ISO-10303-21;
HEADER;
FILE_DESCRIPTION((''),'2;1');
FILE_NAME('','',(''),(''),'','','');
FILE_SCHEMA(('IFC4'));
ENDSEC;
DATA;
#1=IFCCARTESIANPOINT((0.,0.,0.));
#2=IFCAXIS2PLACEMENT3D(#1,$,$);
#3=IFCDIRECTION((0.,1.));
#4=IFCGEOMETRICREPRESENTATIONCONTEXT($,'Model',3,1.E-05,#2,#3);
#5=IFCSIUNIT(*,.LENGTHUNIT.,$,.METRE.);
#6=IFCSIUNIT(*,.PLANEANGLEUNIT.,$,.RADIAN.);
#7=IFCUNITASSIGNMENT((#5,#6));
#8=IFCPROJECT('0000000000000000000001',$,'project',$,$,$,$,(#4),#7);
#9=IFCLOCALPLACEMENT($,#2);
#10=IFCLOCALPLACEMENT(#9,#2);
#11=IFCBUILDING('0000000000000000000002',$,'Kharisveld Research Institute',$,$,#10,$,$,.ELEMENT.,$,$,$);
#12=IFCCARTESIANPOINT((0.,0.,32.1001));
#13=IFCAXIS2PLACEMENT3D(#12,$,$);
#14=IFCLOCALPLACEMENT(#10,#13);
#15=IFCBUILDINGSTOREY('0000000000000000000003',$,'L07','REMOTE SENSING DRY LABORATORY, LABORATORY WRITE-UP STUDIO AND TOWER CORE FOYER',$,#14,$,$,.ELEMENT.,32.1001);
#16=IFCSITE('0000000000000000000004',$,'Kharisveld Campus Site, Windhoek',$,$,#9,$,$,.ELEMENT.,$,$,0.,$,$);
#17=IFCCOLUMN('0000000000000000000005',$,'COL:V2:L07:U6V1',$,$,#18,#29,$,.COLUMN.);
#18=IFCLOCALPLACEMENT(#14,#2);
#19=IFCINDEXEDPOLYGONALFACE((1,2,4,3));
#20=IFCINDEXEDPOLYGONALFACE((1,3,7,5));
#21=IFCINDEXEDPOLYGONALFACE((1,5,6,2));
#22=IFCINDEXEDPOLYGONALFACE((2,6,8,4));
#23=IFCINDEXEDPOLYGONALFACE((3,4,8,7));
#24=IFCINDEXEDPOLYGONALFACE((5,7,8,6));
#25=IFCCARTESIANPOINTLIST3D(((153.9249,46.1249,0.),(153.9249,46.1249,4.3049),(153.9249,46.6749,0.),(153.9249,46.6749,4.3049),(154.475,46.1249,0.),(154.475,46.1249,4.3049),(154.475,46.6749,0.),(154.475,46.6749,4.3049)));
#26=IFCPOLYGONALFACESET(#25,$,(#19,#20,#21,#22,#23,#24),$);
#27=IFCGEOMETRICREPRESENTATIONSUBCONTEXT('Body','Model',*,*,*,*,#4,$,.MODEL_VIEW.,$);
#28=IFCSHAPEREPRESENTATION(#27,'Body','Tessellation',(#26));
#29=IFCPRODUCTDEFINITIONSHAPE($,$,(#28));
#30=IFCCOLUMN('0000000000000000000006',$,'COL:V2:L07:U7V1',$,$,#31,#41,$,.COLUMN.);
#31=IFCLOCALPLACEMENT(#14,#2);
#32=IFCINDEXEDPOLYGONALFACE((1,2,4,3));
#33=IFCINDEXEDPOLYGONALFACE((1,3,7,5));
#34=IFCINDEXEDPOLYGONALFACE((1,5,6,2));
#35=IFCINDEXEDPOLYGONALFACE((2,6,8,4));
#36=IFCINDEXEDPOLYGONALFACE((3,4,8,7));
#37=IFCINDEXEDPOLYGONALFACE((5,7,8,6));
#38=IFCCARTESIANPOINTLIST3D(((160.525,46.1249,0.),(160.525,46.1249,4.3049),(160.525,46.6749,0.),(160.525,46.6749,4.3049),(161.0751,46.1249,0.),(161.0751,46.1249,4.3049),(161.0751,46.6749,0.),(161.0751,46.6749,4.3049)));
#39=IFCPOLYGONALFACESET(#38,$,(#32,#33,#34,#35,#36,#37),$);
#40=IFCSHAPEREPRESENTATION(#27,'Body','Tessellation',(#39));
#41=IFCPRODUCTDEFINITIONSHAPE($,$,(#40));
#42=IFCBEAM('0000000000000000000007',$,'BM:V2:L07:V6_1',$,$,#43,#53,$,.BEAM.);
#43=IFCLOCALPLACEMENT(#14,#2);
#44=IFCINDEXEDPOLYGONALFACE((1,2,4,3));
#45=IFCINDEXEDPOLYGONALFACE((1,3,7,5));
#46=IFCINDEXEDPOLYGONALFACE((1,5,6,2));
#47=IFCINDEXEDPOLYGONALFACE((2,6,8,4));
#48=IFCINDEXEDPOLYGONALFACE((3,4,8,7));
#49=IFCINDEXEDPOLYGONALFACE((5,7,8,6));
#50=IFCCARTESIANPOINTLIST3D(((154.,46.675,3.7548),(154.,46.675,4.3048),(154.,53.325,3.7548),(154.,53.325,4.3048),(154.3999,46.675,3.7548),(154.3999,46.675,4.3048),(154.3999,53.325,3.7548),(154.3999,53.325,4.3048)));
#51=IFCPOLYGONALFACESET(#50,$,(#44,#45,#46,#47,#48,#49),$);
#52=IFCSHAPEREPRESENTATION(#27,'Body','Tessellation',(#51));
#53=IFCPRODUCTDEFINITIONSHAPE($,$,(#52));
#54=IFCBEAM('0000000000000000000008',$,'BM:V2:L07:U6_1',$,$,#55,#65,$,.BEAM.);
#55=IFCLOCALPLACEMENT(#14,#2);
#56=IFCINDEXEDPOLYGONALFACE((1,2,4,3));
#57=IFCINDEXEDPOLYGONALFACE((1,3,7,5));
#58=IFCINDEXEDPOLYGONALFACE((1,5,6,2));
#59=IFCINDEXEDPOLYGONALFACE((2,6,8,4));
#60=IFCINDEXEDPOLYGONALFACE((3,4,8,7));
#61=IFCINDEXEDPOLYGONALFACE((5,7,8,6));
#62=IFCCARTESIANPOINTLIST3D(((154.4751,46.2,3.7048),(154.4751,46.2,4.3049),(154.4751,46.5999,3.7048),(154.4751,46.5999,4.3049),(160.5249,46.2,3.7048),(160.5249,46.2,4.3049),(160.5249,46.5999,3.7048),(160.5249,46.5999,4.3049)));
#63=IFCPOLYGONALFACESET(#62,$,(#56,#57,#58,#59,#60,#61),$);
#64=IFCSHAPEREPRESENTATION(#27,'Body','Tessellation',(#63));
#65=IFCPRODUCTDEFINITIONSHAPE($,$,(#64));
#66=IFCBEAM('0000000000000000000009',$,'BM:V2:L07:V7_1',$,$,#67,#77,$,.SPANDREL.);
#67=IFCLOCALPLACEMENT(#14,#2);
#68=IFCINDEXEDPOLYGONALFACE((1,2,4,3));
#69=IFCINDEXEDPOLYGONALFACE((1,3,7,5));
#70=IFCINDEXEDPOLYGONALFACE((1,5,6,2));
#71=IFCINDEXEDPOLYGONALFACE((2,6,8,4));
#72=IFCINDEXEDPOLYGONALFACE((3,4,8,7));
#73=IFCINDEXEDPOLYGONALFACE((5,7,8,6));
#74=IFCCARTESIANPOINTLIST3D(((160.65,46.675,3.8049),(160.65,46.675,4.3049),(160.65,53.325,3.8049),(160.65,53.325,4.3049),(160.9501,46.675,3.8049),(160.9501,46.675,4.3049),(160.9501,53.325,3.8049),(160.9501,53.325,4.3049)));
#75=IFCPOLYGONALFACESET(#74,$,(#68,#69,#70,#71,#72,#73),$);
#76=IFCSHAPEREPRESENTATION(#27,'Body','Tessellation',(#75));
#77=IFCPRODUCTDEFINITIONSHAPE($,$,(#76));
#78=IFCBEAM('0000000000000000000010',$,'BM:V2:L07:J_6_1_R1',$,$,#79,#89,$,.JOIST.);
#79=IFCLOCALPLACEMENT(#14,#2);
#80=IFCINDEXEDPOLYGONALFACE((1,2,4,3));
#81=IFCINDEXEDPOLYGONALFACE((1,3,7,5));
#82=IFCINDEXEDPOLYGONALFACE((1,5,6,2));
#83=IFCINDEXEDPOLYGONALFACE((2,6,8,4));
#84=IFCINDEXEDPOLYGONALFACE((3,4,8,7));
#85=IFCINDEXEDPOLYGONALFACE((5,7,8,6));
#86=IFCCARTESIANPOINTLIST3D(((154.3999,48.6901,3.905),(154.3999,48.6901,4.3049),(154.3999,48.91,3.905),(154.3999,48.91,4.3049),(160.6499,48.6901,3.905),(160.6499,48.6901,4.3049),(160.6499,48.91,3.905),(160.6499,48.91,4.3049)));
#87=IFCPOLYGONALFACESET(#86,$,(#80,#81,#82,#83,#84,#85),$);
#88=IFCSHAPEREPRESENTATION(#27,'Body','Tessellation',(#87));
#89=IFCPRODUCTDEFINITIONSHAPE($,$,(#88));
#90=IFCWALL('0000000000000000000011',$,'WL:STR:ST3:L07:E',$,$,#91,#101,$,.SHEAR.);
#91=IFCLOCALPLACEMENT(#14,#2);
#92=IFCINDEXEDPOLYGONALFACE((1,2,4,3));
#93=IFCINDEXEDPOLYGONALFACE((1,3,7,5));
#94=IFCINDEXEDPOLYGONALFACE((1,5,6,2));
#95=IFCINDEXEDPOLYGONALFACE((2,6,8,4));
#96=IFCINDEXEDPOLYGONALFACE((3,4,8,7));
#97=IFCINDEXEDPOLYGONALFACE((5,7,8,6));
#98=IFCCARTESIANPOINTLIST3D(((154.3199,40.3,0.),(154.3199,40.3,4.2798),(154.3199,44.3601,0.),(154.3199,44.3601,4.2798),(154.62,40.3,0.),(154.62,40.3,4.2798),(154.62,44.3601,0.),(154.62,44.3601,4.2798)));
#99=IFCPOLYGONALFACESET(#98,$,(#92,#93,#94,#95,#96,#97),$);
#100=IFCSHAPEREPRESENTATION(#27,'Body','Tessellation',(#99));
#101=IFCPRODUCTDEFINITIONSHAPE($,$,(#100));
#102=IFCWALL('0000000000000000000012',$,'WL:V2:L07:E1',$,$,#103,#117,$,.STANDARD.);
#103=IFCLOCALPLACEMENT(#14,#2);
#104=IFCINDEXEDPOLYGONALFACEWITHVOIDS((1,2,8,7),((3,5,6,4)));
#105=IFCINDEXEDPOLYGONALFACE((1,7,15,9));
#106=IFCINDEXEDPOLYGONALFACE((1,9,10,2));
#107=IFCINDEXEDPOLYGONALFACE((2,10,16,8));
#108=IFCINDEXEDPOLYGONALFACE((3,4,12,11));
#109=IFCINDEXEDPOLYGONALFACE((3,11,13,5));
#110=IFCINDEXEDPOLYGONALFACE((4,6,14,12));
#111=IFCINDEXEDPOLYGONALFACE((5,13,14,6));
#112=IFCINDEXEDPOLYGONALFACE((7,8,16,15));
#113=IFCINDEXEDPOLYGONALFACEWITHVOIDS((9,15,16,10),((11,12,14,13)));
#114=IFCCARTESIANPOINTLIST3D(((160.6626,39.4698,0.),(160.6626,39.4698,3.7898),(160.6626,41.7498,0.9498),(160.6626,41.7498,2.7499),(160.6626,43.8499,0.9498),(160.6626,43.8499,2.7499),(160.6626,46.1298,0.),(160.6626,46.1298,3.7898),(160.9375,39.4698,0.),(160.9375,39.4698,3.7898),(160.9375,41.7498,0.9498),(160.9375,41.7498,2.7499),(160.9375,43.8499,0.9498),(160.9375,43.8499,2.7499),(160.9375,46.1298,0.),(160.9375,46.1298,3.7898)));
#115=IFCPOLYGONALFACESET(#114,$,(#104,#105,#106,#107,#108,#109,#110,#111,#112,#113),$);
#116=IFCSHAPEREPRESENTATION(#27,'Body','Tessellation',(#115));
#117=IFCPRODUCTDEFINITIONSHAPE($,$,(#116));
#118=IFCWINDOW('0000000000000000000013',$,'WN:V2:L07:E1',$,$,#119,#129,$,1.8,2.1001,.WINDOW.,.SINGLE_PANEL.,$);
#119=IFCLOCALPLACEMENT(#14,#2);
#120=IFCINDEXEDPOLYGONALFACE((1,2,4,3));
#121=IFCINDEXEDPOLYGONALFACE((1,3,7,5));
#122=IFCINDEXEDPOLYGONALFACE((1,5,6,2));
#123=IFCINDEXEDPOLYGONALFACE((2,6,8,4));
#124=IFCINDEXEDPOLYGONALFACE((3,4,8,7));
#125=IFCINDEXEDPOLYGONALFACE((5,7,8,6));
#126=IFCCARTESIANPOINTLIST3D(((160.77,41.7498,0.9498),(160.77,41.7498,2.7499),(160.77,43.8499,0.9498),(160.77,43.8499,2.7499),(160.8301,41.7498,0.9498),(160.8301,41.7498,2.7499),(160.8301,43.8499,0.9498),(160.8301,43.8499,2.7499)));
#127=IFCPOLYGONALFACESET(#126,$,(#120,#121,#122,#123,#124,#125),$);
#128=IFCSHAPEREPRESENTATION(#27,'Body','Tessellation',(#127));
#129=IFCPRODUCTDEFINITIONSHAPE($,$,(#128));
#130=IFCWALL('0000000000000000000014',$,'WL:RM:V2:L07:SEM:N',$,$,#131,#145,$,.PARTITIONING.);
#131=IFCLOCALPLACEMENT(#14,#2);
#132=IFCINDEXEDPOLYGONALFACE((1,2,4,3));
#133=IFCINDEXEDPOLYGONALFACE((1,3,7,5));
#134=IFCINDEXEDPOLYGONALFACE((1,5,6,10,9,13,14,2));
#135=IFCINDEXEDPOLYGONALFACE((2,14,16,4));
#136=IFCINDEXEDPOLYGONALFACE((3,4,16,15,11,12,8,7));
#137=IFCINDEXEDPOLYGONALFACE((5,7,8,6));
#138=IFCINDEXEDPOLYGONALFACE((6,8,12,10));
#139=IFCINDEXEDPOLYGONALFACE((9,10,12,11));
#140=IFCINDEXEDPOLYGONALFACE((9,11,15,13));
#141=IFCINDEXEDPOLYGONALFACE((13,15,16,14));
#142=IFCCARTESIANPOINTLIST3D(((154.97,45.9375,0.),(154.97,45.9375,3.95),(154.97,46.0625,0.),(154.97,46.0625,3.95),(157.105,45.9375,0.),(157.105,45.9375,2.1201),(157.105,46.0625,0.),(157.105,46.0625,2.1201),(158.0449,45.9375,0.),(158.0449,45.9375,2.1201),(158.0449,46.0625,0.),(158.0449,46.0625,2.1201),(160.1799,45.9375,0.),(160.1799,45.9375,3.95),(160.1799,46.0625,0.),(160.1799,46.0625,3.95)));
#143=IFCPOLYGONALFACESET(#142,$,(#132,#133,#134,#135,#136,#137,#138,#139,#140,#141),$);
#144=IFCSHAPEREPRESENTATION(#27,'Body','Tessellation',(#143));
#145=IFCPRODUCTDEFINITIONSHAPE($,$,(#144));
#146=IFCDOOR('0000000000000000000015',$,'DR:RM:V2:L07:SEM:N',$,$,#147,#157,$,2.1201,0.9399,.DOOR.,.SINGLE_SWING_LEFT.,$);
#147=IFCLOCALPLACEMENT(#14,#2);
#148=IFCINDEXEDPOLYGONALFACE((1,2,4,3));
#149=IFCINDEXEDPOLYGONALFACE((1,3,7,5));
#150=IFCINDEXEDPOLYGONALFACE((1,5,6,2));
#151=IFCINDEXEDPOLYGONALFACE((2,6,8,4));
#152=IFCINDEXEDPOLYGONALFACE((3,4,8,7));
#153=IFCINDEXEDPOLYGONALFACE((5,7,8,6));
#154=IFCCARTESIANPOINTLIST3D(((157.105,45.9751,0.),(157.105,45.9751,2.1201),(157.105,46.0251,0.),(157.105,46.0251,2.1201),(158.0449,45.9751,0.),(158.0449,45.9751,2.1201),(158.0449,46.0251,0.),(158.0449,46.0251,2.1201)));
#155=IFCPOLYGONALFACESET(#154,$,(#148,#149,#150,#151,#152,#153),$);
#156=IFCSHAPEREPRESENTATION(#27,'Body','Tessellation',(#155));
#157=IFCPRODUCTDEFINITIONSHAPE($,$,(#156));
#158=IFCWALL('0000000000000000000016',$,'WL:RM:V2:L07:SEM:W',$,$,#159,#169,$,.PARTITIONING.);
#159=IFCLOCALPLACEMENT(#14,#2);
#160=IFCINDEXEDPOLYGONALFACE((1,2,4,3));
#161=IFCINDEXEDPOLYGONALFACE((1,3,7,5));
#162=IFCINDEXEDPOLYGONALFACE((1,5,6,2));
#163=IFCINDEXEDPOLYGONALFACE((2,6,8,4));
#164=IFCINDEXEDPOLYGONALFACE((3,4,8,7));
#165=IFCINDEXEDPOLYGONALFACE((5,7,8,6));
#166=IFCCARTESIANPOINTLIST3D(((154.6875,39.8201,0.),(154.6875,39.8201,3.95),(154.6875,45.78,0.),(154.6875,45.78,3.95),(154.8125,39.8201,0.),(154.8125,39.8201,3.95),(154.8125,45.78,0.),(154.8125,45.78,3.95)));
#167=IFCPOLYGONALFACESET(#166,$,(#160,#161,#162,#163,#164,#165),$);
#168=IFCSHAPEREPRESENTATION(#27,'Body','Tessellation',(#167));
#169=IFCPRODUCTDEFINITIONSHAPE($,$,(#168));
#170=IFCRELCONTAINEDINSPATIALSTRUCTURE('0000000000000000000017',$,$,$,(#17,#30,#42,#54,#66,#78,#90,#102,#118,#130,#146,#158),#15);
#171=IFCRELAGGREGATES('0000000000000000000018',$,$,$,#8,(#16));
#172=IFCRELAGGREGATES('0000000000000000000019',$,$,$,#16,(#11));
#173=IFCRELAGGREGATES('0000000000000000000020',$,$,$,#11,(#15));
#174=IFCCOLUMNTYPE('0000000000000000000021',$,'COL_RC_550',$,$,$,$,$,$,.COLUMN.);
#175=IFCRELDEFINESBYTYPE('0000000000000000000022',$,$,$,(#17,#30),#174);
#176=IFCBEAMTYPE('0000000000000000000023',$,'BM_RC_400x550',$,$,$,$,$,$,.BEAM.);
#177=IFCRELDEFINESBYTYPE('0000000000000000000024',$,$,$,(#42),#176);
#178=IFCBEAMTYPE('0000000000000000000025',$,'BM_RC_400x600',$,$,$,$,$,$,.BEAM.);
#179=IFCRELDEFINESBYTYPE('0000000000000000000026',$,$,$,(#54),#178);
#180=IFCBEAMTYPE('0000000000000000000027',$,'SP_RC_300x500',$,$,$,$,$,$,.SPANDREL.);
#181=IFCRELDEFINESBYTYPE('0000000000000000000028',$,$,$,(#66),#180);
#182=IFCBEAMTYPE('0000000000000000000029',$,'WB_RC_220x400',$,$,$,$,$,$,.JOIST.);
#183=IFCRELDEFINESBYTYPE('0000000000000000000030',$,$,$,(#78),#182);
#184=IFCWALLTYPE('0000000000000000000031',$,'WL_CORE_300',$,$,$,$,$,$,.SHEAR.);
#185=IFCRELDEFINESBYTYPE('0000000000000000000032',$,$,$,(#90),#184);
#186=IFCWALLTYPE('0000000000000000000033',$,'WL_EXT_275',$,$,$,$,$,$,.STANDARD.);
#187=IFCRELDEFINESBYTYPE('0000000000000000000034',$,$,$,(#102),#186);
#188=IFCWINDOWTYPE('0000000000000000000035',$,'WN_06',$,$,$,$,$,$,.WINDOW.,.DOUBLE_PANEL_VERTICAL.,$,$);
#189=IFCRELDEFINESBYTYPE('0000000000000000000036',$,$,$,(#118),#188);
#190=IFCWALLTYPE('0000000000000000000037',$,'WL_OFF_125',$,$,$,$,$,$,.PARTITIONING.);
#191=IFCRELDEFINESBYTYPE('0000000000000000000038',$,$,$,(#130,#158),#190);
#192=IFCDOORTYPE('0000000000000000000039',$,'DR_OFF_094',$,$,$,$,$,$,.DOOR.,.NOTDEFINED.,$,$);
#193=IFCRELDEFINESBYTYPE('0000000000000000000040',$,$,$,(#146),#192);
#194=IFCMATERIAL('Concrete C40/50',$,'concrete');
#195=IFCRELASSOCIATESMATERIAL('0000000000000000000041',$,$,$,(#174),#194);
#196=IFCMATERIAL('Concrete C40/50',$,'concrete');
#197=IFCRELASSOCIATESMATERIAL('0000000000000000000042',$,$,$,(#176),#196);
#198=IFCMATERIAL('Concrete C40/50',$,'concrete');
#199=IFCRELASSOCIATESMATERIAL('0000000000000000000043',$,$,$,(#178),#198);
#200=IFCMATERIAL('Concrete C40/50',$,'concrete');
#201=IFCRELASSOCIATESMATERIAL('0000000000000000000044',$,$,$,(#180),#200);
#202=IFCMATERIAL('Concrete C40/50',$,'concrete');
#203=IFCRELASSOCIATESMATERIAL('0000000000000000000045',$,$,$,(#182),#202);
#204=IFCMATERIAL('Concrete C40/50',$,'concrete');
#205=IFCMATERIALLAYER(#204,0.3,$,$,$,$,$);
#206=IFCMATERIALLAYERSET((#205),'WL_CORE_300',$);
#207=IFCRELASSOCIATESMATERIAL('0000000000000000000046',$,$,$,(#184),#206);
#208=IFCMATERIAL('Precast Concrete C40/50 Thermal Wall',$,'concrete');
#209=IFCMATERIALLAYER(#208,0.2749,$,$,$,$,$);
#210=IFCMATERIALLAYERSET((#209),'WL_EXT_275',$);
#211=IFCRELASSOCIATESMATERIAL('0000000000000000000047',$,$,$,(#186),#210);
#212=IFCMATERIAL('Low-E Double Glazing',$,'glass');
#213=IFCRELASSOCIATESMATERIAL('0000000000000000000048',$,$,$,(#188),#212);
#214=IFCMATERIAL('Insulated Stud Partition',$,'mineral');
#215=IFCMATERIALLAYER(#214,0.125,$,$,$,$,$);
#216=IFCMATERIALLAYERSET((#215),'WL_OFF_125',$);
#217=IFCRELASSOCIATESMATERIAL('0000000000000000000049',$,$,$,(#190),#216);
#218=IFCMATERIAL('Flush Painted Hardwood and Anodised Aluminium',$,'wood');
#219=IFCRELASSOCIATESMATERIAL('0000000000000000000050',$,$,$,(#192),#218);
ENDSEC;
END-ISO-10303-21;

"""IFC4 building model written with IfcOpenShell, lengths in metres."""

from ifc_helpers import new_model, si_unit, direction, frame, frame_2d, origin, origin_2d, place, context, subcontext, project, spatial, rectangle, extrude, material, layer, layer_set, material_profile, profile_set, type_object, element, fill, save


model = new_model("IFC4")

# Units and contexts
model_context = context("Model", 3, precision=1e-05, world=origin(), true_north=direction((0.0, 1.0)))
body_context = subcontext(model_context, "Body", "Model", "MODEL_VIEW")
ifc_project = project(units=[si_unit("LENGTHUNIT", "METRE"), si_unit("PLANEANGLEUNIT", "RADIAN")], contexts=[model_context])

# Site, building, storey
site_placement = place(None, origin())
site = spatial("IfcSite", under=ifc_project, at=site_placement, Name="Kharisveld Campus Site, Windhoek", CompositionType="ELEMENT", RefElevation=0.0)
building_placement = place(site_placement, origin())
building = spatial("IfcBuilding", under=site, at=building_placement, Name="Kharisveld Research Institute", CompositionType="ELEMENT")
storey_placement = place(building_placement, frame((0.0, 0.0, 32.1001)))
storey = spatial("IfcBuildingStorey", under=building, at=storey_placement, Name="L07", Description="REMOTE SENSING DRY LABORATORY, LABORATORY WRITE-UP STUDIO AND TOWER CORE FOYER", CompositionType="ELEMENT", Elevation=32.1001)

# Columns
ifc_material_1 = material(Name="Concrete C40/50", Category="concrete")
ifc_material_profile_1 = material_profile(ifc_material_1, rectangle(XDim=0.55, YDim=0.55, at=origin_2d()))
ifc_profile_set_1 = profile_set([ifc_material_profile_1], Name="Concrete C40/50")
column_type = type_object("IfcColumnType", Name="COL_RC_550", PredefinedType="COLUMN", material=ifc_profile_set_1)
for number, where, z_axis, x_axis, name in (
    (1, (154.2, 46.3999, 0.0), (0.0, 0.0, 1.0), (1.0, 0.0, 0.0), "COL:V2:L07:U6V1"),
    (2, (160.8, 46.3999, 0.0), (0.0, 0.0, 1.0), (1.0, 0.0, 0.0), "COL:V2:L07:U7V1"),
):
    element("IfcColumn", number, at=place(storey_placement, frame(where, z_axis=z_axis, x_axis=x_axis)), inside=storey, type_object=column_type, Name=name, PredefinedType="COLUMN", context=body_context, shape_type="SweptSolid", body=[
        extrude(rectangle(XDim=0.55, YDim=0.55, at=origin_2d()), origin(), (0.0, 0.0, 1.0), 4.3049),
    ])

# Beams
ifc_material_2 = material(Name="Concrete C40/50", Category="concrete")
ifc_material_profile_2 = material_profile(ifc_material_2, rectangle(XDim=0.3999, YDim=0.55, at=origin_2d()))
ifc_profile_set_2 = profile_set([ifc_material_profile_2], Name="Concrete C40/50")
beam_type_1 = type_object("IfcBeamType", Name="BM_RC_400x550", PredefinedType="BEAM", material=ifc_profile_set_2)
beam_1_placement = place(storey_placement, frame((154.2, 46.675, 4.0298), z_axis=(0.0, 1.0, 0.0), x_axis=(-1.0, 0.0, 0.0)))
element("IfcBeam", 3, at=beam_1_placement, inside=storey, type_object=beam_type_1, Name="BM:V2:L07:V6_1", PredefinedType="BEAM", context=body_context, shape_type="SweptSolid", body=[
    extrude(rectangle(XDim=0.3999, YDim=0.55, at=origin_2d()), origin(), (0.0, 0.0, 1.0), 6.6499),
])
ifc_material_3 = material(Name="Concrete C40/50", Category="concrete")
ifc_material_profile_3 = material_profile(ifc_material_3, rectangle(XDim=0.3999, YDim=0.6001, at=origin_2d()))
ifc_profile_set_3 = profile_set([ifc_material_profile_3], Name="Concrete C40/50")
beam_type_2 = type_object("IfcBeamType", Name="BM_RC_400x600", PredefinedType="BEAM", material=ifc_profile_set_3)
beam_2_placement = place(storey_placement, frame((154.4751, 46.3999, 4.0049), z_axis=(1.0, 0.0, 0.0), x_axis=(0.0, 1.0, 0.0)))
element("IfcBeam", 4, at=beam_2_placement, inside=storey, type_object=beam_type_2, Name="BM:V2:L07:U6_1", PredefinedType="BEAM", context=body_context, shape_type="SweptSolid", body=[
    extrude(rectangle(XDim=0.3999, YDim=0.6001, at=origin_2d()), origin(), (0.0, 0.0, 1.0), 6.0498),
])
ifc_material_4 = material(Name="Concrete C40/50", Category="concrete")
ifc_material_profile_4 = material_profile(ifc_material_4, rectangle(XDim=0.3, YDim=0.5, at=origin_2d()))
ifc_profile_set_4 = profile_set([ifc_material_profile_4], Name="Concrete C40/50")
beam_type_3 = type_object("IfcBeamType", Name="SP_RC_300x500", PredefinedType="SPANDREL", material=ifc_profile_set_4)
beam_3_placement = place(storey_placement, frame((160.8, 46.675, 4.0549), z_axis=(0.0, 1.0, 0.0), x_axis=(-1.0, 0.0, 0.0)))
element("IfcBeam", 5, at=beam_3_placement, inside=storey, type_object=beam_type_3, Name="BM:V2:L07:V7_1", PredefinedType="SPANDREL", context=body_context, shape_type="SweptSolid", body=[
    extrude(rectangle(XDim=0.3, YDim=0.5, at=origin_2d()), origin(), (0.0, 0.0, 1.0), 6.6499),
])
ifc_material_5 = material(Name="Concrete C40/50", Category="concrete")
ifc_material_profile_5 = material_profile(ifc_material_5, rectangle(XDim=0.22, YDim=0.3999, at=origin_2d()))
ifc_profile_set_5 = profile_set([ifc_material_profile_5], Name="Concrete C40/50")
beam_type_4 = type_object("IfcBeamType", Name="WB_RC_220x400", PredefinedType="JOIST", material=ifc_profile_set_5)
beam_4_placement = place(storey_placement, frame((154.3999, 48.8, 4.105), z_axis=(1.0, 0.0, 0.0), x_axis=(0.0, 1.0, 0.0)))
element("IfcBeam", 6, at=beam_4_placement, inside=storey, type_object=beam_type_4, Name="BM:V2:L07:J_6_1_R1", PredefinedType="JOIST", context=body_context, shape_type="SweptSolid", body=[
    extrude(rectangle(XDim=0.22, YDim=0.3999, at=origin_2d()), origin(), (0.0, 0.0, 1.0), 6.25),
])

# Wall
ifc_material_6 = material(Name="Concrete C40/50", Category="concrete")
ifc_layer_1 = layer(ifc_material_6, 0.3)
ifc_layer_set_1 = layer_set([ifc_layer_1], Name="WL_CORE_300")
wall_type_1 = type_object("IfcWallType", Name="WL_CORE_300", PredefinedType="SHEAR", material=ifc_layer_set_1)
wall_1_placement = place(storey_placement, frame((154.47, 44.3601, 0.0), z_axis=(0.0, 0.0, 1.0), x_axis=(0.0, -1.0, 0.0)))
element("IfcWall", 7, at=wall_1_placement, inside=storey, type_object=wall_type_1, Name="WL:STR:ST3:L07:E", PredefinedType="SHEAR", context=body_context, shape_type="SweptSolid", body=[
    extrude(rectangle(XDim=4.0601, YDim=0.3, at=frame_2d((2.03, 0.0))), origin(), (0.0, 0.0, 1.0), 4.2798),
])

# Wall, opening, window
ifc_material_7 = material(Name="Precast Concrete C40/50 Thermal Wall", Category="concrete")
ifc_layer_2 = layer(ifc_material_7, 0.2749)
ifc_layer_set_2 = layer_set([ifc_layer_2], Name="WL_EXT_275")
wall_type_2 = type_object("IfcWallType", Name="WL_EXT_275", PredefinedType="STANDARD", material=ifc_layer_set_2)
wall_2_placement = place(storey_placement, frame((160.8, 46.1299, 0.0), z_axis=(0.0, 0.0, 1.0), x_axis=(0.0, -1.0, 0.0)))
wall_2 = element("IfcWall", 8, at=wall_2_placement, inside=storey, type_object=wall_type_2, Name="WL:V2:L07:E1", PredefinedType="STANDARD", context=body_context, shape_type="SweptSolid", body=[
    extrude(rectangle(XDim=6.6599, YDim=0.2749, at=frame_2d((3.3301, 0.0))), origin(), (0.0, 0.0, 1.0), 3.7898),
])
opening_1_placement = place(wall_2_placement, frame((2.28, 0.0, 0.95)))
opening_1 = element("IfcOpeningElement", 9, at=opening_1_placement, cuts=wall_2, PredefinedType="OPENING", context=body_context, shape_type="SweptSolid", body=[
    extrude(rectangle(XDim=2.1001, YDim=1.8, at=frame_2d((1.05, 0.8999))), frame((0.0, 0.1375, 0.0), z_axis=(0.0, -1.0, 0.0), x_axis=(1.0, 0.0, 0.0)), (0.0, 0.0, 1.0), 0.2749),
])
ifc_material_8 = material(Name="Low-E Double Glazing", Category="glass")
window_type = type_object("IfcWindowType", Name="WN_06", PartitioningType="DOUBLE_PANEL_VERTICAL", PredefinedType="WINDOW", material=ifc_material_8)
window_placement = place(opening_1_placement, origin())
window = element("IfcWindow", 10, at=window_placement, inside=storey, type_object=window_type, Name="WN:V2:L07:E1", OverallHeight=1.8, OverallWidth=2.1001, PartitioningType="SINGLE_PANEL", PredefinedType="WINDOW", context=body_context, shape_type="SweptSolid", body=[
    extrude(rectangle(XDim=2.1001, YDim=1.8, at=frame_2d((1.05, 0.8999))), frame((0.0, 0.03, 0.0), z_axis=(0.0, -1.0, 0.0), x_axis=(1.0, 0.0, 0.0)), (0.0, 0.0, 1.0), 0.0601),
])
fill(opening_1, window)

# Wall, opening, door
ifc_material_9 = material(Name="Insulated Stud Partition", Category="mineral")
ifc_layer_3 = layer(ifc_material_9, 0.125)
ifc_layer_set_3 = layer_set([ifc_layer_3], Name="WL_OFF_125")
wall_type_3 = type_object("IfcWallType", Name="WL_OFF_125", PredefinedType="PARTITIONING", material=ifc_layer_set_3)
wall_3_placement = place(storey_placement, frame((160.1799, 46.0, 0.0), z_axis=(0.0, 0.0, 1.0), x_axis=(-1.0, 0.0, 0.0)))
wall_3 = element("IfcWall", 11, at=wall_3_placement, inside=storey, type_object=wall_type_3, Name="WL:RM:V2:L07:SEM:N", PredefinedType="PARTITIONING", context=body_context, shape_type="SweptSolid", body=[
    extrude(rectangle(XDim=5.21, YDim=0.125, at=frame_2d((2.605, 0.0))), origin(), (0.0, 0.0, 1.0), 3.95),
])
opening_2_placement = place(wall_3_placement, frame((2.135, 0.0, 0.0)))
opening_2 = element("IfcOpeningElement", 12, at=opening_2_placement, cuts=wall_3, PredefinedType="OPENING", context=body_context, shape_type="SweptSolid", body=[
    extrude(rectangle(XDim=0.9399, YDim=2.1201, at=frame_2d((0.47, 1.0601))), frame((0.0, 0.0625, 0.0), z_axis=(0.0, -1.0, 0.0), x_axis=(1.0, 0.0, 0.0)), (0.0, 0.0, 1.0), 0.125),
])
ifc_material_10 = material(Name="Flush Painted Hardwood and Anodised Aluminium", Category="wood")
door_type = type_object("IfcDoorType", Name="DR_OFF_094", OperationType="NOTDEFINED", PredefinedType="DOOR", material=ifc_material_10)
door_placement = place(opening_2_placement, origin())
door = element("IfcDoor", 13, at=door_placement, inside=storey, type_object=door_type, Name="DR:RM:V2:L07:SEM:N", OperationType="SINGLE_SWING_LEFT", OverallHeight=2.1201, OverallWidth=0.9399, PredefinedType="DOOR", context=body_context, shape_type="SweptSolid", body=[
    extrude(rectangle(XDim=0.9399, YDim=2.1201, at=frame_2d((0.47, 1.0601))), frame((0.0, 0.0249, 0.0), z_axis=(0.0, -1.0, 0.0), x_axis=(1.0, 0.0, 0.0)), (0.0, 0.0, 1.0), 0.05),
])
fill(opening_2, door)

# Wall
wall_4_placement = place(storey_placement, frame((154.75, 45.78, 0.0), z_axis=(0.0, 0.0, 1.0), x_axis=(0.0, -1.0, 0.0)))
element("IfcWall", 14, at=wall_4_placement, inside=storey, type_object=wall_type_3, Name="WL:RM:V2:L07:SEM:W", PredefinedType="PARTITIONING", context=body_context, shape_type="SweptSolid", body=[
    extrude(rectangle(XDim=5.96, YDim=0.125, at=frame_2d((2.98, 0.0))), origin(), (0.0, 0.0, 1.0), 3.95),
])

save(model, "model.ifc")
